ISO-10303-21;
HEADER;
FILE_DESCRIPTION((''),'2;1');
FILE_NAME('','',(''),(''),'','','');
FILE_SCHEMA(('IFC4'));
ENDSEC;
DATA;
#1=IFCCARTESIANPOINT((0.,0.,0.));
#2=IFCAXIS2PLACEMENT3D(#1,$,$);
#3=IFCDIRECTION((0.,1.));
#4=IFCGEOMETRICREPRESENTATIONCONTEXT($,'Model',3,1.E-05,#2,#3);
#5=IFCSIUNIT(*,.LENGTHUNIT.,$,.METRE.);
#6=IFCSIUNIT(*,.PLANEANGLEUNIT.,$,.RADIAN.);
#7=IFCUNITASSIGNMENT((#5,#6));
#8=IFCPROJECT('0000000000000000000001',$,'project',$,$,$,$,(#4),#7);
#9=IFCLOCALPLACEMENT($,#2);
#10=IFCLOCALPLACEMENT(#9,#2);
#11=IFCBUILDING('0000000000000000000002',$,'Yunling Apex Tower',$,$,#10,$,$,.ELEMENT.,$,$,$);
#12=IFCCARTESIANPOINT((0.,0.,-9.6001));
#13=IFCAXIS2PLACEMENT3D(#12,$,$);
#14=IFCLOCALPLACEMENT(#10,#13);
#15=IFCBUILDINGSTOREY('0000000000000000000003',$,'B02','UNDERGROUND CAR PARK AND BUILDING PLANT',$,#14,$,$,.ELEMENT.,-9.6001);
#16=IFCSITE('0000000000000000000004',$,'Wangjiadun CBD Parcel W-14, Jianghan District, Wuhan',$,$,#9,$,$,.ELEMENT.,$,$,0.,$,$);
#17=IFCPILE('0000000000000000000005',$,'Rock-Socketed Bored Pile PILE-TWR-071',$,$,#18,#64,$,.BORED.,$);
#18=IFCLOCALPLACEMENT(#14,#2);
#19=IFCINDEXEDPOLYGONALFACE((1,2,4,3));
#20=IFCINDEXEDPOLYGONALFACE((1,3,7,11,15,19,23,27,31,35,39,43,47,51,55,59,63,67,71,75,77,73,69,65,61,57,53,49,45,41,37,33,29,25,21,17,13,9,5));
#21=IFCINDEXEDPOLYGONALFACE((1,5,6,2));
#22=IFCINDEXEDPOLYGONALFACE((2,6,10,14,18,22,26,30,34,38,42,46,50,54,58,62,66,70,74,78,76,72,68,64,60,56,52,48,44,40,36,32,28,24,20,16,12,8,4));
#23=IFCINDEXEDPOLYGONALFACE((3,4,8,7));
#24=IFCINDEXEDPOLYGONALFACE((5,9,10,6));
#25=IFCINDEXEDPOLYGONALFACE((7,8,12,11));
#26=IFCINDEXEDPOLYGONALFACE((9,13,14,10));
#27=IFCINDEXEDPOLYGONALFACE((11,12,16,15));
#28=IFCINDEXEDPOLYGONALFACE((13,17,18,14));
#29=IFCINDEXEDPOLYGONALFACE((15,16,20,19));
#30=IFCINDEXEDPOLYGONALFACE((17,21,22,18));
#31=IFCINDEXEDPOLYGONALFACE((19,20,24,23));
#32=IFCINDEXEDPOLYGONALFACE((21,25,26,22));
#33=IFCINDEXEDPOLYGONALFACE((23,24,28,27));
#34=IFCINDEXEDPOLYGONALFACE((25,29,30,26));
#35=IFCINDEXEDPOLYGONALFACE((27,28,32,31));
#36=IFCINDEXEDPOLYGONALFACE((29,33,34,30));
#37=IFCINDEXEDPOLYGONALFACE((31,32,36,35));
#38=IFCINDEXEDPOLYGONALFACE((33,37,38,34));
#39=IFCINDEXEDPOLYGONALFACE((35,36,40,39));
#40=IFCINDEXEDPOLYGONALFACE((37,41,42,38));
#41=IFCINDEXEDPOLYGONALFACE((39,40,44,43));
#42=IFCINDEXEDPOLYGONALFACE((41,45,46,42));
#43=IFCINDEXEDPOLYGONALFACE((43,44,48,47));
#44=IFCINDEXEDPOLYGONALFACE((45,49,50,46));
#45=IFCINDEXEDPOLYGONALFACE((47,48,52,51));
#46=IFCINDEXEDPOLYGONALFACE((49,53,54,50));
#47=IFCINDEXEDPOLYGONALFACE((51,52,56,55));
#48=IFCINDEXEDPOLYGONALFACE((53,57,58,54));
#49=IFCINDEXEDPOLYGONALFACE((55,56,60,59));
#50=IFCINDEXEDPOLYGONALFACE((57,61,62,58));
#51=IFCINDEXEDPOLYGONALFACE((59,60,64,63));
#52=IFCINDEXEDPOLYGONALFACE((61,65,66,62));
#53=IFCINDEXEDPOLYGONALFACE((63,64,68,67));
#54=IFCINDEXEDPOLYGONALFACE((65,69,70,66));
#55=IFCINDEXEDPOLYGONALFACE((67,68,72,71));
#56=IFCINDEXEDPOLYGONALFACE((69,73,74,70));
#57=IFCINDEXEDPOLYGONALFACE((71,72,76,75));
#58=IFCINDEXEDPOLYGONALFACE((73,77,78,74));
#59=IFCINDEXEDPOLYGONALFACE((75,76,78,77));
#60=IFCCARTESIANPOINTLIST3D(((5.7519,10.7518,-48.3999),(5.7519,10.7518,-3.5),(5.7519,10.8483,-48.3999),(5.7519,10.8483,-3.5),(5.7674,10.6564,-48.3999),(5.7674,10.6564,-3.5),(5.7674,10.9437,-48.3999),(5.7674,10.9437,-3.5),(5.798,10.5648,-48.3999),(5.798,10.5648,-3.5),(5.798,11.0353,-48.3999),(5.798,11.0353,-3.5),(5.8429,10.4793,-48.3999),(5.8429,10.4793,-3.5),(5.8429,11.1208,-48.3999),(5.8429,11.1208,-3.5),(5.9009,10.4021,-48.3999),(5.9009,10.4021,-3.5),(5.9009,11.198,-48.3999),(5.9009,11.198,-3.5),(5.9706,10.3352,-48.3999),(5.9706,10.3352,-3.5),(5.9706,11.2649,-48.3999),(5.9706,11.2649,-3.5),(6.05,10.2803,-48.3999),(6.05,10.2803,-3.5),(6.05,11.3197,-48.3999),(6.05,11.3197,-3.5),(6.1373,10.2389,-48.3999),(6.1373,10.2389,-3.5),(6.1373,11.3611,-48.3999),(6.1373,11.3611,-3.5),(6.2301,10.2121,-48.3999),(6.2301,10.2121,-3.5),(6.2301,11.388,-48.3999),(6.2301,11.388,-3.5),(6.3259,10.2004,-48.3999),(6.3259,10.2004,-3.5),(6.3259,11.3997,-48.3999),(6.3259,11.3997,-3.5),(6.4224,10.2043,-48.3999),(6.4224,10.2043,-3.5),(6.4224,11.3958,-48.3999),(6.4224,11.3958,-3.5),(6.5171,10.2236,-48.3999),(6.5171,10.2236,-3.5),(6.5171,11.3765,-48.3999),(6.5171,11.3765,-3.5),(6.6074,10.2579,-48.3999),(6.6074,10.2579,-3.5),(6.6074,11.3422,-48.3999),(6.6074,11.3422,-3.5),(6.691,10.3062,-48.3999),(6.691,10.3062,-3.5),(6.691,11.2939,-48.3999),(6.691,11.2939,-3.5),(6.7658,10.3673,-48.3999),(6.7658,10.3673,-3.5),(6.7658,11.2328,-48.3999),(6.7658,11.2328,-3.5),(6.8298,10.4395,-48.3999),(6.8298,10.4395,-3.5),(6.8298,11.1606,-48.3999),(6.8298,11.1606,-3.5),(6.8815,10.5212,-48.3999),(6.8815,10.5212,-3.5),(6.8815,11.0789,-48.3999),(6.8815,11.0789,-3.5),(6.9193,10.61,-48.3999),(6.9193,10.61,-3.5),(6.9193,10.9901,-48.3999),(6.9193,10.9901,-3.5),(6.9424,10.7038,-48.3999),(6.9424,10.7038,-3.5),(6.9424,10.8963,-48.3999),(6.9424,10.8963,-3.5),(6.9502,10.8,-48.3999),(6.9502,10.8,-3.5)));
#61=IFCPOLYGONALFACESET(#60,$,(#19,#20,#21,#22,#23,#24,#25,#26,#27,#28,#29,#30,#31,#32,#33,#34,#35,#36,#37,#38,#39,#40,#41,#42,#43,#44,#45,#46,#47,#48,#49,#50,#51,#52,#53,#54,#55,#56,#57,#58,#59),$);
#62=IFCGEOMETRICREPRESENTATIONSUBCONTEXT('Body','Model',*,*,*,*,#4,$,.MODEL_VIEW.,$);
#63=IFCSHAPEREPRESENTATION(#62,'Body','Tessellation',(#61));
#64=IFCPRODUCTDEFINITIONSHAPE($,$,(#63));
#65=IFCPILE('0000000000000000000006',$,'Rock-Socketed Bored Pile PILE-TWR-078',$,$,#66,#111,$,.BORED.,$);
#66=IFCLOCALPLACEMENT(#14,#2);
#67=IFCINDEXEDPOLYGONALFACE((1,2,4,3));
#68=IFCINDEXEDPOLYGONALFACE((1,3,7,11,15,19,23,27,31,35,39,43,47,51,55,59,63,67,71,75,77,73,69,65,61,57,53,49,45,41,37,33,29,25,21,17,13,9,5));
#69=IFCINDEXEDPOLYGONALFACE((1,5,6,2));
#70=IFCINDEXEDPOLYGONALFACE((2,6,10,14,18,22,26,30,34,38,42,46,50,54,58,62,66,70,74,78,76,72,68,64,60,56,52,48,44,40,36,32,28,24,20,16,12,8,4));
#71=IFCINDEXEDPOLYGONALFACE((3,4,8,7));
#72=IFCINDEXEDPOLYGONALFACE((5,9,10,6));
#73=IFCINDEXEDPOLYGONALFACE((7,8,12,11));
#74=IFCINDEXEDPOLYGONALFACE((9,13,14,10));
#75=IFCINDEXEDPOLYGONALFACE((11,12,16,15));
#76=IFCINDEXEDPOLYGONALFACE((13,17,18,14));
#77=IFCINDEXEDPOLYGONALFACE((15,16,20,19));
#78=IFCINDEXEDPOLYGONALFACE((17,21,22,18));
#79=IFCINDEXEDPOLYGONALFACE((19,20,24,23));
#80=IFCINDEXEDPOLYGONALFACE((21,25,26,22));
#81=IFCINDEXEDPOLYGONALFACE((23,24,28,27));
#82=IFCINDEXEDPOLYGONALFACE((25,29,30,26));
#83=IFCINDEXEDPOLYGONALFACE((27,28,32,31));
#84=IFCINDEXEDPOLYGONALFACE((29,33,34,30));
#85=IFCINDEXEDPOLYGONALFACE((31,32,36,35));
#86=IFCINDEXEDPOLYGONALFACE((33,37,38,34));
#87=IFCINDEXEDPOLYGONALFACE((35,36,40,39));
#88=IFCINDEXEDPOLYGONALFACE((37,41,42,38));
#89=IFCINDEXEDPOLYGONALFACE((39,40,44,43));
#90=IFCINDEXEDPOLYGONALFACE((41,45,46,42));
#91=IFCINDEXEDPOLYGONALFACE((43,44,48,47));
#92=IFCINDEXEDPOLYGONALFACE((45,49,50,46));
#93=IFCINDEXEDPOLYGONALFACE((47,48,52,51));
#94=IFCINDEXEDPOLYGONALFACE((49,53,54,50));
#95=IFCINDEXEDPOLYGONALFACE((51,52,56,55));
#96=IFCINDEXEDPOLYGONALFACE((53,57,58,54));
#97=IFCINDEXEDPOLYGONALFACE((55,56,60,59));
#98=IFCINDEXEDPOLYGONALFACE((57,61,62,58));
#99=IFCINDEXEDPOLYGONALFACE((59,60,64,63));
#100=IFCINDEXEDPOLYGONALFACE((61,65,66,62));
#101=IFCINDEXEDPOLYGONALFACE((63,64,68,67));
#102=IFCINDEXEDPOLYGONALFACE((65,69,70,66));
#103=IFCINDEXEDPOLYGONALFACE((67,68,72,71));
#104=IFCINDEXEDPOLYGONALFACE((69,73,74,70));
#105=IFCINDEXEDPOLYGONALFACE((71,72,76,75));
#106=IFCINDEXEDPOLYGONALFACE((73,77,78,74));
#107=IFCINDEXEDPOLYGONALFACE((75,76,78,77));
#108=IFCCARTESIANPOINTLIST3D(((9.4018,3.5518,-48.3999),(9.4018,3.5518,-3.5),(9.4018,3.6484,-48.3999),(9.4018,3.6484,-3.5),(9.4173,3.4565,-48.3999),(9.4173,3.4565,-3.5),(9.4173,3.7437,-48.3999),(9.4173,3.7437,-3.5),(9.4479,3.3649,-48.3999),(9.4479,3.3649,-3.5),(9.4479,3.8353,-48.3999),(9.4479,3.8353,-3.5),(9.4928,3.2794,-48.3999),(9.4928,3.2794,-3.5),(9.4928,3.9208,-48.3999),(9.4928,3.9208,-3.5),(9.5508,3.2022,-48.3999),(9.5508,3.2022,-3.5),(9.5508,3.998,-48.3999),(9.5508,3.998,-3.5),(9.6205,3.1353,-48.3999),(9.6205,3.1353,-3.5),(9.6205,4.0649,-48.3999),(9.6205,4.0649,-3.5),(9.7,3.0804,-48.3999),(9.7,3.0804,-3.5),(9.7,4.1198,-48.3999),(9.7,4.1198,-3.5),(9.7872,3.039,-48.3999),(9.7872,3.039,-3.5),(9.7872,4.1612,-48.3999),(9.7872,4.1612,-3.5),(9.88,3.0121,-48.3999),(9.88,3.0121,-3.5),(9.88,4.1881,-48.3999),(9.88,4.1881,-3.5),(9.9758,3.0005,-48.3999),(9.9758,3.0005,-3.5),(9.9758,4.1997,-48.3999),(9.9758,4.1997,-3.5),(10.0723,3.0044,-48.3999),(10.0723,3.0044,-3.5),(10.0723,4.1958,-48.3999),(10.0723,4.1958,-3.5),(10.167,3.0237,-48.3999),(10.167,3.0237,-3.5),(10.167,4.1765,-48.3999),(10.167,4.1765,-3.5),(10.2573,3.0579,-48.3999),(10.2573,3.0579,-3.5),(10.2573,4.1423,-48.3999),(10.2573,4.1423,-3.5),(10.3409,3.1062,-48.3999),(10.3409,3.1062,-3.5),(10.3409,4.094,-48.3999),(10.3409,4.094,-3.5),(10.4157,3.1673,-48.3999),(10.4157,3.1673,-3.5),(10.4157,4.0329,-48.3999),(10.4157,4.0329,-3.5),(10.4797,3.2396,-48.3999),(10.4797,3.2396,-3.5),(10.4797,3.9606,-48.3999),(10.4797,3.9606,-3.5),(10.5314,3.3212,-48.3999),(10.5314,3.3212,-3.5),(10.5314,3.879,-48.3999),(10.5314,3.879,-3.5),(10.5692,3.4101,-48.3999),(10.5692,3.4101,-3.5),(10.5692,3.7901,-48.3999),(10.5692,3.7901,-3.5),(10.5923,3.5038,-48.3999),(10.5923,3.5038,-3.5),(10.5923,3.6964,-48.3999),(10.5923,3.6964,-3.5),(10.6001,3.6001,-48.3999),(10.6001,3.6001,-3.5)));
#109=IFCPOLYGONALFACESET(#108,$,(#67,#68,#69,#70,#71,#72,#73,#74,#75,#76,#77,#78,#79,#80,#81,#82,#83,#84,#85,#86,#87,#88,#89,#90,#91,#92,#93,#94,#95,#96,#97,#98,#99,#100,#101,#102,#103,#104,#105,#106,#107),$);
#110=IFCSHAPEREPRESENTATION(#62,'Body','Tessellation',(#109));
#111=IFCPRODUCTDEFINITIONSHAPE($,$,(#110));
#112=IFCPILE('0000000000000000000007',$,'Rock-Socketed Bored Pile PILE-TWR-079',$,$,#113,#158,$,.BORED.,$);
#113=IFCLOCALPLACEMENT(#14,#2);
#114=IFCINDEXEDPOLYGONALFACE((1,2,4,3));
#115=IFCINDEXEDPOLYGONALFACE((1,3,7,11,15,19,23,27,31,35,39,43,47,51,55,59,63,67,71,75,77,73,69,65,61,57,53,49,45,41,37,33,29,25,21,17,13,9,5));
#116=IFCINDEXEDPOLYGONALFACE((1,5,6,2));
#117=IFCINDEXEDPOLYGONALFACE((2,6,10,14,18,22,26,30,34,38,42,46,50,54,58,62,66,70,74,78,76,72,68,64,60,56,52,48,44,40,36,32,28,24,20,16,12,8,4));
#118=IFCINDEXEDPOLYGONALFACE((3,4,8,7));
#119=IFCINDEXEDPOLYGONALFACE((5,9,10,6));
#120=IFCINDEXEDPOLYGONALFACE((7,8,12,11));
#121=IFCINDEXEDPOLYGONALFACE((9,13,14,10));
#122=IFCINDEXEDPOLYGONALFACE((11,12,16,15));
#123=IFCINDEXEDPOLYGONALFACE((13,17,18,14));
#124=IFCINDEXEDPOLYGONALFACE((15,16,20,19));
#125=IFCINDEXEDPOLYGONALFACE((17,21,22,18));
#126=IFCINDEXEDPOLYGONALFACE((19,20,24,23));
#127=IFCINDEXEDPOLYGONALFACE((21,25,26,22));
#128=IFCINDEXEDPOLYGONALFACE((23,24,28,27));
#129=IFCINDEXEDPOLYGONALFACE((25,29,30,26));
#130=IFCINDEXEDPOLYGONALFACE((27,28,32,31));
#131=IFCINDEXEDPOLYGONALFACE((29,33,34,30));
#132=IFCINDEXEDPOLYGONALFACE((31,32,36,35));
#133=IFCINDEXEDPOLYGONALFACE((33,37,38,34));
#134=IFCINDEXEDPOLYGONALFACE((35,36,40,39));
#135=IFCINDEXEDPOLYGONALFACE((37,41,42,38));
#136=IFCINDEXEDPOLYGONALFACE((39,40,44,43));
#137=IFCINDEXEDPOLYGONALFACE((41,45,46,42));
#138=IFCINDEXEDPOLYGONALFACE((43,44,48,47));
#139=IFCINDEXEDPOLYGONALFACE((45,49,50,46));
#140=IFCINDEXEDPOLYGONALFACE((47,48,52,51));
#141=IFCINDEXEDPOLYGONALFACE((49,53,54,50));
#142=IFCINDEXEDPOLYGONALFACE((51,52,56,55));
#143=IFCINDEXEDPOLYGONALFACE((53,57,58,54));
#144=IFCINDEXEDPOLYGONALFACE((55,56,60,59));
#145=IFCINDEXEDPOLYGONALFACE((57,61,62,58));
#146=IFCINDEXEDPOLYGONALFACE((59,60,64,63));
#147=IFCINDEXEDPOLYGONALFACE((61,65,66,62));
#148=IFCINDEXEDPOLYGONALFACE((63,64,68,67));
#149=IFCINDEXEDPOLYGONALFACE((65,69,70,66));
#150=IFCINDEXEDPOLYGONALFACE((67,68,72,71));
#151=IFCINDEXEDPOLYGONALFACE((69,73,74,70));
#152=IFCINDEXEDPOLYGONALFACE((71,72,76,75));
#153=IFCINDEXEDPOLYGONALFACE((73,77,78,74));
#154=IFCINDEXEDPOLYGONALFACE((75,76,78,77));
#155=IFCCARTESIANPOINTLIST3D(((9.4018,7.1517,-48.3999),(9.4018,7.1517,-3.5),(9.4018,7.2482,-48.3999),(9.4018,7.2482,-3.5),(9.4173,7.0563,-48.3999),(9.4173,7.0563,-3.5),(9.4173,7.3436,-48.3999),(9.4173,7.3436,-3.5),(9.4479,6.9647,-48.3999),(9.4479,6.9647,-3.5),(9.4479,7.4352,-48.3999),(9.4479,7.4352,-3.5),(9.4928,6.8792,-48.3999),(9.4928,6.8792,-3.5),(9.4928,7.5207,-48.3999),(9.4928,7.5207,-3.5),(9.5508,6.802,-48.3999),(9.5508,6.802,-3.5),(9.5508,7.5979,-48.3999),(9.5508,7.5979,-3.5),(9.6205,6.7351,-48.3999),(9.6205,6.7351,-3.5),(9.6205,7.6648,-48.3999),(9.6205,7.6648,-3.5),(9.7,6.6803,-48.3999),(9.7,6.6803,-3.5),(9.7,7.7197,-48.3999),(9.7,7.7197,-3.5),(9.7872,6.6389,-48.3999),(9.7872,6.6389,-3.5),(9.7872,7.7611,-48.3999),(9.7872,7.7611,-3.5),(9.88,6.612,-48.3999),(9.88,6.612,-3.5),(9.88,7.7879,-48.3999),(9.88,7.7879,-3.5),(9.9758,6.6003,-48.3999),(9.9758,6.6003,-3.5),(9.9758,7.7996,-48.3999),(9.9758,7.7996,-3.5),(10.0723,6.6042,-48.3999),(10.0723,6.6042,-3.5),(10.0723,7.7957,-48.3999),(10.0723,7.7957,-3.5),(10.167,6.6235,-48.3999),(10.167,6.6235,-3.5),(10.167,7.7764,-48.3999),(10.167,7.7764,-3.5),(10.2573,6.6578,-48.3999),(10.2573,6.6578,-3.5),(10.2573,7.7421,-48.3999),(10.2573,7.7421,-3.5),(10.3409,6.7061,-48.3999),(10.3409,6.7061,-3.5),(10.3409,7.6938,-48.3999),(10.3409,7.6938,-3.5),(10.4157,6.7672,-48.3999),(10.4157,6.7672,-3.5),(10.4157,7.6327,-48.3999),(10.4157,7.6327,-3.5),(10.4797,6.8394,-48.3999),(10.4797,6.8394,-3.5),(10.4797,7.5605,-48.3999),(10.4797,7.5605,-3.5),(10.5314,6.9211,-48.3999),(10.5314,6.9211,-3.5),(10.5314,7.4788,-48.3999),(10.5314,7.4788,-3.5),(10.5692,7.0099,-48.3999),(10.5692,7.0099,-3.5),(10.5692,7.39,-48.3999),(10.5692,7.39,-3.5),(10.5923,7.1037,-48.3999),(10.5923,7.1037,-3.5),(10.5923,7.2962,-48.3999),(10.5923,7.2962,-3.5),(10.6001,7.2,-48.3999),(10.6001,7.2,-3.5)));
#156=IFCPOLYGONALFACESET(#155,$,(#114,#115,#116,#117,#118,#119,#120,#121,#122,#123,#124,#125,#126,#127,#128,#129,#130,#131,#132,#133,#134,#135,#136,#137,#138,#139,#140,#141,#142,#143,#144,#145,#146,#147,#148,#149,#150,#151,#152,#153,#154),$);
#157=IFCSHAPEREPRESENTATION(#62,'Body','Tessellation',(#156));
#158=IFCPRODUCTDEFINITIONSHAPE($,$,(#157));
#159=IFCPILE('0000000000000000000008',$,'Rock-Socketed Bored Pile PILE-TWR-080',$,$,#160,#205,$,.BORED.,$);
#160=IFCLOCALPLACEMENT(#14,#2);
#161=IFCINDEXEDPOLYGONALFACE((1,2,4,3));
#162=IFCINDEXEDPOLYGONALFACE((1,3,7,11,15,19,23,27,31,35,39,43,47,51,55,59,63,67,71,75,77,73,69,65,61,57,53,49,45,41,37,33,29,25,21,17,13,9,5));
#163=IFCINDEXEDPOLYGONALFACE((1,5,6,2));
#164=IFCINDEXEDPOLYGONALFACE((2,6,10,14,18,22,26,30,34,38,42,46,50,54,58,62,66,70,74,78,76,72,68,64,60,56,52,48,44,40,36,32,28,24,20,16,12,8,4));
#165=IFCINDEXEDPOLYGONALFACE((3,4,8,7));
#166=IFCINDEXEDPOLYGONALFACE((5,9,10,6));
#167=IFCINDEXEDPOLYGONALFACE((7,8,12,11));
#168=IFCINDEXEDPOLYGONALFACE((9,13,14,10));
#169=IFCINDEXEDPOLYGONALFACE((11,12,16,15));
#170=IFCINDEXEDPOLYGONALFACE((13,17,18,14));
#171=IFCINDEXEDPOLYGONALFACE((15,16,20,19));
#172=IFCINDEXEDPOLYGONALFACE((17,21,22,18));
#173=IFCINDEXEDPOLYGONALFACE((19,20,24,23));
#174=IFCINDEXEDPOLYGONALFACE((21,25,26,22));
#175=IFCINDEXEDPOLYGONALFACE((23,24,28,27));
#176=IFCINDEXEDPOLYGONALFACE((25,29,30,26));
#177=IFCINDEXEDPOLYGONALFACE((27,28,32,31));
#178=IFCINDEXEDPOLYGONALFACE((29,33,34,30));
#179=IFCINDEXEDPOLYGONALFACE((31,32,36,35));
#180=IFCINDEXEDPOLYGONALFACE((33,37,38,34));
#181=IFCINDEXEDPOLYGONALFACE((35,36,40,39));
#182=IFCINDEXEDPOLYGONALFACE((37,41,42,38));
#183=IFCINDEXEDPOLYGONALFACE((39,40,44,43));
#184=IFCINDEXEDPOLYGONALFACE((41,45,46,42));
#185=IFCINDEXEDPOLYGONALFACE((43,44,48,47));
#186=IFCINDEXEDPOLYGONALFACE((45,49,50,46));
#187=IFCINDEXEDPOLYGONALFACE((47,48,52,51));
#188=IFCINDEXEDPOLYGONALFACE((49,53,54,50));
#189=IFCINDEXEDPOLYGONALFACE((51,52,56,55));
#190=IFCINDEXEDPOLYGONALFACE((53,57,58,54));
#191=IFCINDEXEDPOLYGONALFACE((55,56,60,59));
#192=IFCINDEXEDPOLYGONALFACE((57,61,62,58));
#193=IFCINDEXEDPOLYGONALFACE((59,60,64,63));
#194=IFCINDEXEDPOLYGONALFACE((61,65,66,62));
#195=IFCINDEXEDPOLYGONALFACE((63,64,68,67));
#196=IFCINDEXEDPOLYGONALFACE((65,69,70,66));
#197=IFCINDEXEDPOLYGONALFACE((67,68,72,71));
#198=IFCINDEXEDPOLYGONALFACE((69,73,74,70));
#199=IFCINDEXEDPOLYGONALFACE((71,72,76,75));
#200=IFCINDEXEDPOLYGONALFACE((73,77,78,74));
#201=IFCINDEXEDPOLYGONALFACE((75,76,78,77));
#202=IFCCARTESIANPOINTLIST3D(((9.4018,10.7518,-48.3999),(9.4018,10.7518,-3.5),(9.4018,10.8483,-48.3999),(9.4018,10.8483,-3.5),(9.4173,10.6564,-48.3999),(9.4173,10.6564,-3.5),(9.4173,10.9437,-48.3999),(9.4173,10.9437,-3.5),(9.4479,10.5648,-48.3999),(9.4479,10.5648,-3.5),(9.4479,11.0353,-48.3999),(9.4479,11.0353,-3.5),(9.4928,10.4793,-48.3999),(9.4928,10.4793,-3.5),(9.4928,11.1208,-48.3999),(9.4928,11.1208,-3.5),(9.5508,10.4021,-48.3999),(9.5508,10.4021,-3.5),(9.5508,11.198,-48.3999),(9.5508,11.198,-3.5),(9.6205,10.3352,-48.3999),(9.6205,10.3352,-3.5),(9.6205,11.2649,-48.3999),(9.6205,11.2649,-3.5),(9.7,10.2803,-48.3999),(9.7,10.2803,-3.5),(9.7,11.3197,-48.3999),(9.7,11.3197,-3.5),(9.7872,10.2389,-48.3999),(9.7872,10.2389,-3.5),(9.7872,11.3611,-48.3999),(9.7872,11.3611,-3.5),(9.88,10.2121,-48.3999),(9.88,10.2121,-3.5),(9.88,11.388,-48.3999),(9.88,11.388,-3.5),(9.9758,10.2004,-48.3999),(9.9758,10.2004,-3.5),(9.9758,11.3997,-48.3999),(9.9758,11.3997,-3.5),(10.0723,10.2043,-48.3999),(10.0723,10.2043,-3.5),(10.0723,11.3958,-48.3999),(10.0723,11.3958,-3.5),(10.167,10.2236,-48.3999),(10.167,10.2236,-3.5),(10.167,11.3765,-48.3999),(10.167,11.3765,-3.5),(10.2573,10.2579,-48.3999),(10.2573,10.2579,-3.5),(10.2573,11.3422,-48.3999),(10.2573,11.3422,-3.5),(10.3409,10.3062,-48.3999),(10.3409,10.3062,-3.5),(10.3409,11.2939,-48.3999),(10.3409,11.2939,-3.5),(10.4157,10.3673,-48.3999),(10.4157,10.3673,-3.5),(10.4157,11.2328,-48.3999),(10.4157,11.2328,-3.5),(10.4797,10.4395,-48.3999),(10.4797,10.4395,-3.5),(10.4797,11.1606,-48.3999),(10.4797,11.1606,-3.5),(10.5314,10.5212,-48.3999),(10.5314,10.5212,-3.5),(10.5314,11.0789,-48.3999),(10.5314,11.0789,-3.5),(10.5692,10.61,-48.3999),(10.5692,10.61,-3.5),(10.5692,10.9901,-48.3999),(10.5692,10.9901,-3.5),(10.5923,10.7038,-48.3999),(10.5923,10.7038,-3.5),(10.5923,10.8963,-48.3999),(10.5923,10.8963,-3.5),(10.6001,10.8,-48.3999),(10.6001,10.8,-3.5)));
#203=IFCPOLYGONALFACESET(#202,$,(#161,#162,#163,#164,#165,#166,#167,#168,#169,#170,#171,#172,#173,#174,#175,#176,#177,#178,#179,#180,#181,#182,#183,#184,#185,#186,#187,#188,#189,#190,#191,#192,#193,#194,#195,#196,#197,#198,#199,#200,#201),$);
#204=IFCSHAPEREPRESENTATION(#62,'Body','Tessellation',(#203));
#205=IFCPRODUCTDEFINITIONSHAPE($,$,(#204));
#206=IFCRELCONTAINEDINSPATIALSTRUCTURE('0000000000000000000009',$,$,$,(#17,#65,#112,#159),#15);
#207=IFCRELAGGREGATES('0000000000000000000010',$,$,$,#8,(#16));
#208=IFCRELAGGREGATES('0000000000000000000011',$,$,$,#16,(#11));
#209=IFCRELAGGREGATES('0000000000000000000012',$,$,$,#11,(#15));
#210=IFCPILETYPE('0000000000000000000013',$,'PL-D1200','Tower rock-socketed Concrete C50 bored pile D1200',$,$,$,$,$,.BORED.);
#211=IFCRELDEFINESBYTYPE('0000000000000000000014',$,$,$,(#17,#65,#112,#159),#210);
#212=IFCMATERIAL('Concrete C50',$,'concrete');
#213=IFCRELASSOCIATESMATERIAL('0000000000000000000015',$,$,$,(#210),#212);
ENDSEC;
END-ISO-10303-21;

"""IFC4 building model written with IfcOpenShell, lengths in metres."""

from ifc_helpers import new_model, si_unit, direction, frame, origin, origin_2d, place, context, subcontext, project, spatial, circle, extrude, source, transform, mapped, material, material_profile, profile_set, type_object, element, save


model = new_model("IFC4")

# Units and contexts
model_context = context("Model", 3, precision=1e-05, world=origin(), true_north=direction((0.0, 1.0)))
body_context = subcontext(model_context, "Body", "Model", "MODEL_VIEW")
ifc_project = project(units=[si_unit("LENGTHUNIT", "METRE"), si_unit("PLANEANGLEUNIT", "RADIAN")], contexts=[model_context])

# Site, building, storey
site_placement = place(None, origin())
site = spatial("IfcSite", under=ifc_project, at=site_placement, Name="Wangjiadun CBD Parcel W-14, Jianghan District, Wuhan", CompositionType="ELEMENT", RefElevation=0.0)
building_placement = place(site_placement, origin())
building = spatial("IfcBuilding", under=site, at=building_placement, Name="Yunling Apex Tower", CompositionType="ELEMENT")
storey_placement = place(building_placement, frame((0.0, 0.0, -9.6001)))
storey = spatial("IfcBuildingStorey", under=building, at=storey_placement, Name="B02", Description="UNDERGROUND CAR PARK AND BUILDING PLANT", CompositionType="ELEMENT", Elevation=-9.6001)

# Piles
ifc_material_1 = material(Name="Concrete C50", Category="concrete")
ifc_material_profile_1 = material_profile(ifc_material_1, circle(Radius=0.6001, at=origin_2d()))
ifc_profile_set_1 = profile_set([ifc_material_profile_1], Name="Concrete C50")
pile_type = type_object("IfcPileType", Name="PL-D1200", Description="Tower rock-socketed Concrete C50 bored pile D1200", PredefinedType="BORED", material=ifc_profile_set_1)
shared_shape_1 = source(origin(), body_context, "Body", "SweptSolid", [
    extrude(circle(Radius=0.6001, at=origin_2d()), origin(), (0.0, 0.0, 1.0), 44.8999),
])
for number, where, z_axis, x_axis, name in (
    (1, (6.3501, 10.8, -3.5), (0.0, 0.0, -1.0), (1.0, 0.0, 0.0), "Rock-Socketed Bored Pile PILE-TWR-071"),
    (2, (10.0, 3.6001, -3.5), (0.0, 0.0, -1.0), (1.0, 0.0, 0.0), "Rock-Socketed Bored Pile PILE-TWR-078"),
    (3, (10.0, 7.2, -3.5), (0.0, 0.0, -1.0), (1.0, 0.0, 0.0), "Rock-Socketed Bored Pile PILE-TWR-079"),
    (4, (10.0, 10.8, -3.5), (0.0, 0.0, -1.0), (1.0, 0.0, 0.0), "Rock-Socketed Bored Pile PILE-TWR-080"),
):
    element("IfcPile", number, at=place(storey_placement, frame(where, z_axis=z_axis, x_axis=x_axis)), inside=storey, type_object=pile_type, Name=name, PredefinedType="BORED", context=body_context, shape_type="MappedRepresentation", body=[
        mapped(shared_shape_1, transform((0.0, 0.0, 0.0), scale=1.0)),
    ])

save(model, "model.ifc")
